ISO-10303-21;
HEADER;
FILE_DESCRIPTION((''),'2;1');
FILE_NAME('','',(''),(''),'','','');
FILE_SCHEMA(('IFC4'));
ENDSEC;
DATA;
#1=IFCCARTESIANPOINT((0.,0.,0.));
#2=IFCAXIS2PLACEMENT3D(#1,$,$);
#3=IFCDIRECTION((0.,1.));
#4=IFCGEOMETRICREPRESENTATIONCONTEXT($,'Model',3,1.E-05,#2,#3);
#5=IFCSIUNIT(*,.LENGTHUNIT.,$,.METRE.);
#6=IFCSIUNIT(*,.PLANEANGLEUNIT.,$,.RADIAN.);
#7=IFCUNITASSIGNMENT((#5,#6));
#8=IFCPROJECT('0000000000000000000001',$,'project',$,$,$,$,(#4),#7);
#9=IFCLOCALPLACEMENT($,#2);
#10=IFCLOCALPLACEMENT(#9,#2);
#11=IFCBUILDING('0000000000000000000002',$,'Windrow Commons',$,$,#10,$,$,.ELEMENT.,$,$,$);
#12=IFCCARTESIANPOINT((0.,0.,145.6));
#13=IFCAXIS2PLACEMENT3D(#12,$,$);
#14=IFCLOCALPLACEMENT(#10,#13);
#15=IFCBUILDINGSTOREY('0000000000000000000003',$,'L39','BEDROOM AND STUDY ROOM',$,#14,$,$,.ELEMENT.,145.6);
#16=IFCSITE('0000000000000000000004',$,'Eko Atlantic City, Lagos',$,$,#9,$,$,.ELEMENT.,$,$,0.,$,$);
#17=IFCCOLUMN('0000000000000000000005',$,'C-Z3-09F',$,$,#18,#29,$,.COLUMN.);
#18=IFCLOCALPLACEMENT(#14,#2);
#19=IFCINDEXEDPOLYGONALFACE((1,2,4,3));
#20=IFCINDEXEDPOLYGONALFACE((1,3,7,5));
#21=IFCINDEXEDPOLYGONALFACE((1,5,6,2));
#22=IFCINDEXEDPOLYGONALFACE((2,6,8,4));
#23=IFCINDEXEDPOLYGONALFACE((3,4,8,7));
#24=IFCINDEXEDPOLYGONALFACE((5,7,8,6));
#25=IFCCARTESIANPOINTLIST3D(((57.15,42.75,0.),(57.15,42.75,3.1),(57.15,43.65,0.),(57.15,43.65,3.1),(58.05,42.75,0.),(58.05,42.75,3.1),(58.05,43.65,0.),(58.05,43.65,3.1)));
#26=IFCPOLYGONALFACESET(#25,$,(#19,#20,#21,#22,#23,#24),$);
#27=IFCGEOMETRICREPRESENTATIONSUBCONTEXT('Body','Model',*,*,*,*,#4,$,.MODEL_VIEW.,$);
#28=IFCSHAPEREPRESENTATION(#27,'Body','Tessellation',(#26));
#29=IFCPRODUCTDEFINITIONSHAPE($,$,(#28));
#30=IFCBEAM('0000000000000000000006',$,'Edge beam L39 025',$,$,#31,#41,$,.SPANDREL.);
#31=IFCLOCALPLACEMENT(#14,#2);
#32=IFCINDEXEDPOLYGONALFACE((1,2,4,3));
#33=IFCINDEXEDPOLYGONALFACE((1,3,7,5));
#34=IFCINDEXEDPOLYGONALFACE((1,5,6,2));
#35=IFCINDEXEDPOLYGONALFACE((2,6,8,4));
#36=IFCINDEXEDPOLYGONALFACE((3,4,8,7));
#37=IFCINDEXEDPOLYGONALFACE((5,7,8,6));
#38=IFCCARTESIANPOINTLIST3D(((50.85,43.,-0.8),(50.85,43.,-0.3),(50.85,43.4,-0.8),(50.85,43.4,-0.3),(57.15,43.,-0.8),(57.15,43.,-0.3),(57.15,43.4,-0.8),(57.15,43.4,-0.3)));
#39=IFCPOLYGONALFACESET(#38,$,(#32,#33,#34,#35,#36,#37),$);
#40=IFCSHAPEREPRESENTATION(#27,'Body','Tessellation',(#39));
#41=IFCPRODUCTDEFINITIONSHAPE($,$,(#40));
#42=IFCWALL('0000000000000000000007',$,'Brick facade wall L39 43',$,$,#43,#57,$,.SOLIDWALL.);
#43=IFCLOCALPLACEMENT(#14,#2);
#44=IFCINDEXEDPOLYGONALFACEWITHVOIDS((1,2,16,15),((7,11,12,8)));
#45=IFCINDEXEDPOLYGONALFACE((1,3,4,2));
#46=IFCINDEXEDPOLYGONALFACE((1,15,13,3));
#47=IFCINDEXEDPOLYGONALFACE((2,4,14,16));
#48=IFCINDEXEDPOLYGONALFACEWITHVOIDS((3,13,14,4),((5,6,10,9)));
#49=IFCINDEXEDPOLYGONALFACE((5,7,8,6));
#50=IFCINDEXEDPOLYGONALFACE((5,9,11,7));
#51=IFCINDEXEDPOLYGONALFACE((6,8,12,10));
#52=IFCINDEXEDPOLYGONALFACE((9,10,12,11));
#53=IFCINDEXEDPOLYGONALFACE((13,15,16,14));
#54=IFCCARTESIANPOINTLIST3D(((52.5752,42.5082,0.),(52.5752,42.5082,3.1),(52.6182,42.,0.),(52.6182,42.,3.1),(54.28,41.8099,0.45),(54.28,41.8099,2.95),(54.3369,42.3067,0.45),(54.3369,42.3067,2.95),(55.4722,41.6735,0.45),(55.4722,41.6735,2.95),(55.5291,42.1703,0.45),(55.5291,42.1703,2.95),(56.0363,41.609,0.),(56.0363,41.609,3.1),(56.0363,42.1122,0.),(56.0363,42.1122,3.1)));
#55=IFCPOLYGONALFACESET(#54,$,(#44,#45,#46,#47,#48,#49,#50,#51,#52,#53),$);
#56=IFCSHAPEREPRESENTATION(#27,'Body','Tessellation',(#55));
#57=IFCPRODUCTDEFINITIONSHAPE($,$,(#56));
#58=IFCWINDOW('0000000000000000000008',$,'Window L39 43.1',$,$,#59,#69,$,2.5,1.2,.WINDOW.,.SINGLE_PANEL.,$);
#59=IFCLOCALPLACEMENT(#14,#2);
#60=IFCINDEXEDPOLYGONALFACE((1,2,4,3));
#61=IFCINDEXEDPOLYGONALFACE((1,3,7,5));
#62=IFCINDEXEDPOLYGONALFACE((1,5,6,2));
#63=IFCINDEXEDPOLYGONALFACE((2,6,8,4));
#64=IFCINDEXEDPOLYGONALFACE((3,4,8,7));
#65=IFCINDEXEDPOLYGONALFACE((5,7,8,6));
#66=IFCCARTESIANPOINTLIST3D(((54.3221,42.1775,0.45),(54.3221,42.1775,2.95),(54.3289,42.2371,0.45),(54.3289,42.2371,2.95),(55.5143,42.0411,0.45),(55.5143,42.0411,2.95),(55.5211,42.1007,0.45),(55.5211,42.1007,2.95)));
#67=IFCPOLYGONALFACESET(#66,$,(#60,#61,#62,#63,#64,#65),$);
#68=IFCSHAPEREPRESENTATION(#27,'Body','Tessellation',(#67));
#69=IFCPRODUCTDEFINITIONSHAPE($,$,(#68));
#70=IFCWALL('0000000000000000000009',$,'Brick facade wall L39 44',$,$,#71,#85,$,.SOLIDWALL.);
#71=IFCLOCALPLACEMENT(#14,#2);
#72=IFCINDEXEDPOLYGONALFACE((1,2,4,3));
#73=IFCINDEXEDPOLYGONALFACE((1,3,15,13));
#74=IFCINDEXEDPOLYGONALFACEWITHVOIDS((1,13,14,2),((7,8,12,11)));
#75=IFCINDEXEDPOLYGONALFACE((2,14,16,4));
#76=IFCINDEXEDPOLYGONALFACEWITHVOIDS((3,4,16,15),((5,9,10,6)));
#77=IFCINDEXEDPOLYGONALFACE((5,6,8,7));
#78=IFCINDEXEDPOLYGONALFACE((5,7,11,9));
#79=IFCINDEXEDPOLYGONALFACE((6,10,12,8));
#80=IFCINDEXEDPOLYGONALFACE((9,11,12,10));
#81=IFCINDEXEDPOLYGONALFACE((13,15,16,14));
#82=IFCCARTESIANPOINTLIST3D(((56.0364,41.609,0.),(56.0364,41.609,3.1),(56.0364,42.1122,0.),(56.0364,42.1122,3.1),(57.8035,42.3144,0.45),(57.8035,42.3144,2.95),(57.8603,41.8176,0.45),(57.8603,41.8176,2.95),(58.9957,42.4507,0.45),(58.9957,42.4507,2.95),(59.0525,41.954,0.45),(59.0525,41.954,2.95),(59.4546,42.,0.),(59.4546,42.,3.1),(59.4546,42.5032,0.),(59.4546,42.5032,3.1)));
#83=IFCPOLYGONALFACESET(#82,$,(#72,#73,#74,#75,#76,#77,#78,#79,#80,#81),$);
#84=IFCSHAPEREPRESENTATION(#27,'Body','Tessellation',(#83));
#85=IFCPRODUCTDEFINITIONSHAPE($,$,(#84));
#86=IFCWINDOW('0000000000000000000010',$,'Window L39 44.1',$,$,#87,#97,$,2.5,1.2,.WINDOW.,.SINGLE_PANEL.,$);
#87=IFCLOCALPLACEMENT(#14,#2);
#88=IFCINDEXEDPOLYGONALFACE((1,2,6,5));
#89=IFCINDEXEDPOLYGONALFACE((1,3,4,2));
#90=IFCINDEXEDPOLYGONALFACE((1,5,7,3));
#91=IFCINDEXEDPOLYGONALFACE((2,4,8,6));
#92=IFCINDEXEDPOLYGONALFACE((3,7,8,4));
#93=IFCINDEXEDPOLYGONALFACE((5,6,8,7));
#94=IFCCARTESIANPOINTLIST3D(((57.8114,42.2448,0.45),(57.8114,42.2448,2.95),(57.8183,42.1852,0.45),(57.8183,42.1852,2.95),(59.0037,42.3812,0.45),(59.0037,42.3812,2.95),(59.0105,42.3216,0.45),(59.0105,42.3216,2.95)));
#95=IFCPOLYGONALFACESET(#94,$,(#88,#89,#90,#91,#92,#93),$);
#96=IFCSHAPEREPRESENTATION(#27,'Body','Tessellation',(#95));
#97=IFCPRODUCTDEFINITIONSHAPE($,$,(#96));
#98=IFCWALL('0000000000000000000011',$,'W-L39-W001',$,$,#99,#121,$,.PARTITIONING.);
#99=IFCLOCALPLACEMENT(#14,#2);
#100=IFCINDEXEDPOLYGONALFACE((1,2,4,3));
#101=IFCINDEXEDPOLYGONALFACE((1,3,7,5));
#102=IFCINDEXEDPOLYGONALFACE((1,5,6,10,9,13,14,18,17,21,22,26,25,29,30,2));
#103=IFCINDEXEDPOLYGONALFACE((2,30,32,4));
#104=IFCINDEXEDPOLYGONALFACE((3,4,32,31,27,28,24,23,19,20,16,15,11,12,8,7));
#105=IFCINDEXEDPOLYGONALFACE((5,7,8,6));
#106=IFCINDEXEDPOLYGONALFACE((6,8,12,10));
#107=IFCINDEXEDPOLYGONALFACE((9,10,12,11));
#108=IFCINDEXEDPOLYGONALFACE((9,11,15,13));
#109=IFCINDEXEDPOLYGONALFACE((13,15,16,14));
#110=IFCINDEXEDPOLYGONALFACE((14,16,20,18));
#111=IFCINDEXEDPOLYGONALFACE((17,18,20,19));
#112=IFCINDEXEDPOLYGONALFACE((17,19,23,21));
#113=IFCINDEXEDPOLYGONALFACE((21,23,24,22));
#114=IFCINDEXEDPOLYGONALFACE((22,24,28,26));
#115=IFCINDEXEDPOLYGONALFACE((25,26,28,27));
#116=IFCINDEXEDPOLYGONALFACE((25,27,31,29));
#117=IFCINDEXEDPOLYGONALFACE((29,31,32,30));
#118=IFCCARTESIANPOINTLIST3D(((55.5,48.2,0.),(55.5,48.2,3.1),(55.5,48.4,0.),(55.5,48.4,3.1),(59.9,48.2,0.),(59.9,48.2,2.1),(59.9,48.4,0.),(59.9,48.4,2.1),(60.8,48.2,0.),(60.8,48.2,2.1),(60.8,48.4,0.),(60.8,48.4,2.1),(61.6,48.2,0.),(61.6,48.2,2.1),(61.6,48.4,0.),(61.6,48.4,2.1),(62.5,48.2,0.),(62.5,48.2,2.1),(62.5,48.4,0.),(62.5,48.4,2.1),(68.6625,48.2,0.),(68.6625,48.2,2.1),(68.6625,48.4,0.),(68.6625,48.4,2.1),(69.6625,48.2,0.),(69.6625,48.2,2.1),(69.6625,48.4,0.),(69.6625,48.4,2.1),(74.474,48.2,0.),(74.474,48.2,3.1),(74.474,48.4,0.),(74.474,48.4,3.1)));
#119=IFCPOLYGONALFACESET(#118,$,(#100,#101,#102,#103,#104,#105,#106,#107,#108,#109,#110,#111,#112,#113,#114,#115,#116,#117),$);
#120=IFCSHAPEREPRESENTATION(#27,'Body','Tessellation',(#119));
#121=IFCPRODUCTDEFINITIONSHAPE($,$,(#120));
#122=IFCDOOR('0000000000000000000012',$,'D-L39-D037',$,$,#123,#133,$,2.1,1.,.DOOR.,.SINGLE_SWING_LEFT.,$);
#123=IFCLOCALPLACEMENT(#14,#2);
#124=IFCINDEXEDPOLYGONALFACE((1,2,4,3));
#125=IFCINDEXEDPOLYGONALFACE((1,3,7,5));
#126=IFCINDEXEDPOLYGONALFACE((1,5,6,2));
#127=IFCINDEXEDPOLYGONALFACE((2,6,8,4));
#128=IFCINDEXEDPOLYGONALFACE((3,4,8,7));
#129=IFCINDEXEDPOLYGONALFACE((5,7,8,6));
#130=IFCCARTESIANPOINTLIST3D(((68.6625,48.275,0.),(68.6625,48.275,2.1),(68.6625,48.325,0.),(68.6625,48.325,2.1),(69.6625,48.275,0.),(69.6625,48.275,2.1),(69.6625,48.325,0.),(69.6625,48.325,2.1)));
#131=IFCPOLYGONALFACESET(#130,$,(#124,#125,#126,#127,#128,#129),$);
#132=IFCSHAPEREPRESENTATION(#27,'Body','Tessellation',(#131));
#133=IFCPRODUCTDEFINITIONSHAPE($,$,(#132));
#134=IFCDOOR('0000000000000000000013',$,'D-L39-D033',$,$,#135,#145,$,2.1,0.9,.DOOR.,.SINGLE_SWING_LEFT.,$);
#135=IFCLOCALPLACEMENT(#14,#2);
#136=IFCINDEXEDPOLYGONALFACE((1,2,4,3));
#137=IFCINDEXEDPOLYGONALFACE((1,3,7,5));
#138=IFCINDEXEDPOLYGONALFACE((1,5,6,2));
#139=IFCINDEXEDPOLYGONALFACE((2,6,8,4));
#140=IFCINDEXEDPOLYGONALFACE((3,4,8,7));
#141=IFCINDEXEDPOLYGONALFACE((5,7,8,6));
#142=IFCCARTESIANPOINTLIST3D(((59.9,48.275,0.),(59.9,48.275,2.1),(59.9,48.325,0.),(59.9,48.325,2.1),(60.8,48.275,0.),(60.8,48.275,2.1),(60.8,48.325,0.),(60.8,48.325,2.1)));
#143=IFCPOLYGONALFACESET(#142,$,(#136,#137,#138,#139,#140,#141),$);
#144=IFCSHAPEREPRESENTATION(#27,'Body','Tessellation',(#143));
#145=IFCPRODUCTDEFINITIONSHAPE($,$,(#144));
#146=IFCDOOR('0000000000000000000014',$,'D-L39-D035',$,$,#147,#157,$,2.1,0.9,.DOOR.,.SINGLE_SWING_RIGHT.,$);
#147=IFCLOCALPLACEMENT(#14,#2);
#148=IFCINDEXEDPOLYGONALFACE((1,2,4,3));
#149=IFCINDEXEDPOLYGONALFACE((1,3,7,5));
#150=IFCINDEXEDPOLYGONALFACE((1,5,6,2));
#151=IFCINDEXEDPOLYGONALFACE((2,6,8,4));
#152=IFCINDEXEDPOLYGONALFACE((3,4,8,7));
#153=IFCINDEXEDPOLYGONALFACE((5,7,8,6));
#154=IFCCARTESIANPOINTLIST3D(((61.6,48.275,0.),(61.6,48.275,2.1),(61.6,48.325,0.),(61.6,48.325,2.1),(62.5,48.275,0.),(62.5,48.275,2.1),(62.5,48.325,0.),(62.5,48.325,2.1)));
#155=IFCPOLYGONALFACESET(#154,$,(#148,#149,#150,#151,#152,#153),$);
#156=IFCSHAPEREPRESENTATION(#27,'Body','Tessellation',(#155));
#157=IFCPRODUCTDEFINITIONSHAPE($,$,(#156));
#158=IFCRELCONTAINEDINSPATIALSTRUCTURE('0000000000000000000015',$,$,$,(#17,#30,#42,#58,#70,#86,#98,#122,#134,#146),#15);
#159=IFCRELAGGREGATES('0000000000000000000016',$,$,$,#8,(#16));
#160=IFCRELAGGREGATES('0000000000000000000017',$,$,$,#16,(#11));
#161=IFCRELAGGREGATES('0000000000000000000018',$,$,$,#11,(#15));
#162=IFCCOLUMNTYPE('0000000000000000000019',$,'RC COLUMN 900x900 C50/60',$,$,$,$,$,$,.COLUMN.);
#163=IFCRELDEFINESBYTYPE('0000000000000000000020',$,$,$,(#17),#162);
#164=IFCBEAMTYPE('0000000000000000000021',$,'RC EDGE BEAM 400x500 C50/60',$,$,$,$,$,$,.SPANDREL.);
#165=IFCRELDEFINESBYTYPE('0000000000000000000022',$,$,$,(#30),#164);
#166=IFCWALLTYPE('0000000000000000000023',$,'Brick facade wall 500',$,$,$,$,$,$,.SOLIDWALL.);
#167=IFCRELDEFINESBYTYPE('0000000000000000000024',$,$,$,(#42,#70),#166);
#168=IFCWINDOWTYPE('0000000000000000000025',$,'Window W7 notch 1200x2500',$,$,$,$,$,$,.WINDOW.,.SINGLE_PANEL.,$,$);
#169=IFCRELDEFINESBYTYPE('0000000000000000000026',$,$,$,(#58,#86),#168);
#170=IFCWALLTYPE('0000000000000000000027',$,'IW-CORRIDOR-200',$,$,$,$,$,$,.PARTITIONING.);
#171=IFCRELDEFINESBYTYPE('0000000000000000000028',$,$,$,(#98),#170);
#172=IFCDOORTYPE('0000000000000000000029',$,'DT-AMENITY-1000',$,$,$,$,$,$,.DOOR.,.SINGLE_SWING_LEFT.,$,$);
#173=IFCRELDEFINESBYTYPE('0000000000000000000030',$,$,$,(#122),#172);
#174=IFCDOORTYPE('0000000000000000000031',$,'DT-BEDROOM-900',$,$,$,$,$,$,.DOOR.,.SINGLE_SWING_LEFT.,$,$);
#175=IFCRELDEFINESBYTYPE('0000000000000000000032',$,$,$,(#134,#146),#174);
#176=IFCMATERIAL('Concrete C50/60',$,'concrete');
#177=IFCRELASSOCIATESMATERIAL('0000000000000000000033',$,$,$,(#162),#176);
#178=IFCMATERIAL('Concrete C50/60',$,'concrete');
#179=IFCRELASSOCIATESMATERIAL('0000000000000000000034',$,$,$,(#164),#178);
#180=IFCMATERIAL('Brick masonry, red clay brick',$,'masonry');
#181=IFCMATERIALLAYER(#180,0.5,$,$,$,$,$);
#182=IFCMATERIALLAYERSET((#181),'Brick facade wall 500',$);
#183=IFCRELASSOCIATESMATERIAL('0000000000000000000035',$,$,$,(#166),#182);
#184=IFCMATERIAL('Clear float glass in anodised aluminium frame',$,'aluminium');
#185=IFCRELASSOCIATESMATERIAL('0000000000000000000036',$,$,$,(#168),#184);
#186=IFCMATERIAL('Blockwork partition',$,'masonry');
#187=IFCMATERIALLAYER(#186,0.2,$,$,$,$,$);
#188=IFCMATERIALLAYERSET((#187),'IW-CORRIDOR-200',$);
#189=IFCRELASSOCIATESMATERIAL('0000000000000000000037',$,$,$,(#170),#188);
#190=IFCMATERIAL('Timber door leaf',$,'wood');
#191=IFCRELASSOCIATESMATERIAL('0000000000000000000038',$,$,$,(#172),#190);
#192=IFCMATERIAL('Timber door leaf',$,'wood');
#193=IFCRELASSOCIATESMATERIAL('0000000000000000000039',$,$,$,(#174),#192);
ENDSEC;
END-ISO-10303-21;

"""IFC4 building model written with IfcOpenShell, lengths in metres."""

from ifc_helpers import new_model, si_unit, direction, frame, frame_2d, origin, origin_2d, place, context, subcontext, project, spatial, polyline, rectangle, outline, extrude, material, layer, layer_set, material_profile, profile_set, type_object, element, fill, save


model = new_model("IFC4")

# Units and contexts
model_context = context("Model", 3, precision=1e-05, world=origin(), true_north=direction((0.0, 1.0)))
body_context = subcontext(model_context, "Body", "Model", "MODEL_VIEW")
ifc_project = project(units=[si_unit("LENGTHUNIT", "METRE"), si_unit("PLANEANGLEUNIT", "RADIAN")], contexts=[model_context])

# Site, building, storey
site_placement = place(None, origin())
site = spatial("IfcSite", under=ifc_project, at=site_placement, Name="Eko Atlantic City, Lagos", CompositionType="ELEMENT", RefElevation=0.0)
building_placement = place(site_placement, origin())
building = spatial("IfcBuilding", under=site, at=building_placement, Name="Windrow Commons", CompositionType="ELEMENT")
storey_placement = place(building_placement, frame((0.0, 0.0, 145.6)))
storey = spatial("IfcBuildingStorey", under=building, at=storey_placement, Name="L39", Description="BEDROOM AND STUDY ROOM", CompositionType="ELEMENT", Elevation=145.6)

# Column
ifc_material_1 = material(Name="Concrete C50/60", Category="concrete")
ifc_material_profile_1 = material_profile(ifc_material_1, rectangle(XDim=0.9, YDim=0.9, at=origin_2d()))
ifc_profile_set_1 = profile_set([ifc_material_profile_1], Name="Concrete C50/60")
column_type = type_object("IfcColumnType", Name="RC COLUMN 900x900 C50/60", PredefinedType="COLUMN", material=ifc_profile_set_1)
column_placement = place(storey_placement, frame((57.6, 43.2, 0.0), z_axis=(0.0, 0.0, 1.0), x_axis=(1.0, 0.0, 0.0)))
element("IfcColumn", 1, at=column_placement, inside=storey, type_object=column_type, Name="C-Z3-09F", PredefinedType="COLUMN", context=body_context, shape_type="SweptSolid", body=[
    extrude(rectangle(XDim=0.9, YDim=0.9, at=origin_2d()), origin(), (0.0, 0.0, 1.0), 3.1),
])

# Beam
ifc_material_2 = material(Name="Concrete C50/60", Category="concrete")
ifc_material_profile_2 = material_profile(ifc_material_2, rectangle(XDim=0.4, YDim=0.5, at=origin_2d()))
ifc_profile_set_2 = profile_set([ifc_material_profile_2], Name="Concrete C50/60")
beam_type = type_object("IfcBeamType", Name="RC EDGE BEAM 400x500 C50/60", PredefinedType="SPANDREL", material=ifc_profile_set_2)
beam_placement = place(storey_placement, frame((57.15, 43.2, -0.55), z_axis=(-1.0, 0.0, 0.0), x_axis=(0.0, -1.0, 0.0)))
element("IfcBeam", 2, at=beam_placement, inside=storey, type_object=beam_type, Name="Edge beam L39 025", PredefinedType="SPANDREL", context=body_context, shape_type="SweptSolid", body=[
    extrude(rectangle(XDim=0.4, YDim=0.5, at=origin_2d()), origin(), (0.0, 0.0, 1.0), 6.3),
])

# Walls, openings, windows
ifc_material_3 = material(Name="Brick masonry, red clay brick", Category="masonry")
ifc_layer_1 = layer(ifc_material_3, 0.5)
ifc_layer_set_1 = layer_set([ifc_layer_1], Name="Brick facade wall 500")
wall_type_1 = type_object("IfcWallType", Name="Brick facade wall 500", PredefinedType="SOLIDWALL", material=ifc_layer_set_1)
wall_1_placement = place(storey_placement, frame((52.5967, 42.2541, 0.0), z_axis=(0.0, 0.0, 1.0), x_axis=(0.99352, -0.113658, 0.0)))
wall_1 = element("IfcWall", 3, at=wall_1_placement, inside=storey, type_object=wall_type_1, Name="Brick facade wall L39 43", PredefinedType="SOLIDWALL", context=body_context, shape_type="SweptSolid", body=[
    extrude(outline(polyline([(0.0502, -0.25), (3.4906, -0.25), (3.4334, 0.25), (-0.0502, 0.25), (0.0502, -0.25)])), origin(), (0.0, 0.0, 1.0), 3.1),
])
opening_1_placement = place(wall_1_placement, frame((1.7229, 0.0, 0.45)))
opening_1 = element("IfcOpeningElement", 4, at=opening_1_placement, cuts=wall_1, PredefinedType="OPENING", context=body_context, shape_type="SweptSolid", body=[
    extrude(rectangle(XDim=1.2, YDim=2.5, at=frame_2d((0.6, 1.25))), frame((0.0, 0.26, 0.0), z_axis=(0.0, -1.0, 0.0), x_axis=(1.0, 0.0, 0.0)), (0.0, 0.0, 1.0), 0.52),
])
ifc_material_4 = material(Name="Clear float glass in anodised aluminium frame", Category="aluminium")
window_type = type_object("IfcWindowType", Name="Window W7 notch 1200x2500", PartitioningType="SINGLE_PANEL", PredefinedType="WINDOW", material=ifc_material_4)
window_1_placement = place(opening_1_placement, origin())
window_1 = element("IfcWindow", 5, at=window_1_placement, inside=storey, type_object=window_type, Name="Window L39 43.1", OverallHeight=2.5, OverallWidth=1.2, PartitioningType="SINGLE_PANEL", PredefinedType="WINDOW", context=body_context, shape_type="SweptSolid", body=[
    extrude(rectangle(XDim=1.2, YDim=2.5, at=frame_2d((0.6, 1.25))), frame((0.0, 0.18, 0.0), z_axis=(0.0, -1.0, 0.0), x_axis=(1.0, 0.0, 0.0)), (0.0, 0.0, 1.0), 0.06),
])
fill(opening_1, window_1)
wall_2_placement = place(storey_placement, frame((56.0364, 41.8606, 0.0), z_axis=(0.0, 0.0, 1.0), x_axis=(0.993521, 0.11365, 0.0)))
wall_2 = element("IfcWall", 6, at=wall_2_placement, inside=storey, type_object=wall_type_1, Name="Brick facade wall L39 44", PredefinedType="SOLIDWALL", context=body_context, shape_type="SweptSolid", body=[
    extrude(outline(polyline([(-0.0286, -0.25), (3.4119, -0.25), (3.4691, 0.25), (0.0286, 0.25), (-0.0286, -0.25)])), origin(), (0.0, 0.0, 1.0), 3.1),
])
opening_2_placement = place(wall_2_placement, frame((1.8072, 0.0, 0.45)))
opening_2 = element("IfcOpeningElement", 7, at=opening_2_placement, cuts=wall_2, PredefinedType="OPENING", context=body_context, shape_type="SweptSolid", body=[
    extrude(rectangle(XDim=1.2, YDim=2.5, at=frame_2d((0.6, 1.25))), frame((0.0, 0.26, 0.0), z_axis=(0.0, -1.0, 0.0), x_axis=(1.0, 0.0, 0.0)), (0.0, 0.0, 1.0), 0.52),
])
window_2_placement = place(opening_2_placement, origin())
window_2 = element("IfcWindow", 8, at=window_2_placement, inside=storey, type_object=window_type, Name="Window L39 44.1", OverallHeight=2.5, OverallWidth=1.2, PartitioningType="SINGLE_PANEL", PredefinedType="WINDOW", context=body_context, shape_type="SweptSolid", body=[
    extrude(rectangle(XDim=1.2, YDim=2.5, at=frame_2d((0.6, 1.25))), frame((0.0, 0.18, 0.0), z_axis=(0.0, -1.0, 0.0), x_axis=(1.0, 0.0, 0.0)), (0.0, 0.0, 1.0), 0.06),
])
fill(opening_2, window_2)

# Wall, openings, doors
ifc_material_5 = material(Name="Blockwork partition", Category="masonry")
ifc_layer_2 = layer(ifc_material_5, 0.2)
ifc_layer_set_2 = layer_set([ifc_layer_2], Name="IW-CORRIDOR-200")
wall_type_2 = type_object("IfcWallType", Name="IW-CORRIDOR-200", PredefinedType="PARTITIONING", material=ifc_layer_set_2)
wall_3_placement = place(storey_placement, frame((55.5, 48.3, 0.0), z_axis=(0.0, 0.0, 1.0), x_axis=(1.0, 0.0, 0.0)))
wall_3 = element("IfcWall", 9, at=wall_3_placement, inside=storey, type_object=wall_type_2, Name="W-L39-W001", PredefinedType="PARTITIONING", context=body_context, shape_type="SweptSolid", body=[
    extrude(rectangle(XDim=18.974, YDim=0.2, at=frame_2d((9.487, 0.0))), origin(), (0.0, 0.0, 1.0), 3.1),
])
opening_3_placement = place(wall_3_placement, frame((4.4, 0.0, 0.0)))
opening_3 = element("IfcOpeningElement", 10, at=opening_3_placement, cuts=wall_3, PredefinedType="OPENING", context=body_context, shape_type="SweptSolid", body=[
    extrude(rectangle(XDim=0.9, YDim=2.1, at=frame_2d((0.45, 1.05))), frame((0.0, 0.11, 0.0), z_axis=(0.0, -1.0, 0.0), x_axis=(1.0, 0.0, 0.0)), (0.0, 0.0, 1.0), 0.22),
])
opening_4_placement = place(wall_3_placement, frame((6.1, 0.0, 0.0)))
opening_4 = element("IfcOpeningElement", 11, at=opening_4_placement, cuts=wall_3, PredefinedType="OPENING", context=body_context, shape_type="SweptSolid", body=[
    extrude(rectangle(XDim=0.9, YDim=2.1, at=frame_2d((0.45, 1.05))), frame((0.0, 0.11, 0.0), z_axis=(0.0, -1.0, 0.0), x_axis=(1.0, 0.0, 0.0)), (0.0, 0.0, 1.0), 0.22),
])
opening_5_placement = place(wall_3_placement, frame((13.1625, 0.0, 0.0)))
opening_5 = element("IfcOpeningElement", 12, at=opening_5_placement, cuts=wall_3, PredefinedType="OPENING", context=body_context, shape_type="SweptSolid", body=[
    extrude(rectangle(XDim=1.0, YDim=2.1, at=frame_2d((0.5, 1.05))), frame((0.0, 0.11, 0.0), z_axis=(0.0, -1.0, 0.0), x_axis=(1.0, 0.0, 0.0)), (0.0, 0.0, 1.0), 0.22),
])
ifc_material_6 = material(Name="Timber door leaf", Category="wood")
door_type_1 = type_object("IfcDoorType", Name="DT-AMENITY-1000", OperationType="SINGLE_SWING_LEFT", PredefinedType="DOOR", material=ifc_material_6)
door_1_placement = place(opening_5_placement, origin())
door_1 = element("IfcDoor", 13, at=door_1_placement, inside=storey, type_object=door_type_1, Name="D-L39-D037", OperationType="SINGLE_SWING_LEFT", OverallHeight=2.1, OverallWidth=1.0, PredefinedType="DOOR", context=body_context, shape_type="SweptSolid", body=[
    extrude(rectangle(XDim=1.0, YDim=2.1, at=frame_2d((0.5, 1.05))), frame((0.0, 0.025, 0.0), z_axis=(0.0, -1.0, 0.0), x_axis=(1.0, 0.0, 0.0)), (0.0, 0.0, 1.0), 0.05),
])
fill(opening_5, door_1)
ifc_material_7 = material(Name="Timber door leaf", Category="wood")
door_type_2 = type_object("IfcDoorType", Name="DT-BEDROOM-900", OperationType="SINGLE_SWING_LEFT", PredefinedType="DOOR", material=ifc_material_7)
door_2_placement = place(opening_3_placement, origin())
door_2 = element("IfcDoor", 14, at=door_2_placement, inside=storey, type_object=door_type_2, Name="D-L39-D033", OperationType="SINGLE_SWING_LEFT", OverallHeight=2.1, OverallWidth=0.9, PredefinedType="DOOR", context=body_context, shape_type="SweptSolid", body=[
    extrude(rectangle(XDim=0.9, YDim=2.1, at=frame_2d((0.45, 1.05))), frame((0.0, 0.025, 0.0), z_axis=(0.0, -1.0, 0.0), x_axis=(1.0, 0.0, 0.0)), (0.0, 0.0, 1.0), 0.05),
])
fill(opening_3, door_2)
door_3_placement = place(opening_4_placement, origin())
door_3 = element("IfcDoor", 15, at=door_3_placement, inside=storey, type_object=door_type_2, Name="D-L39-D035", OperationType="SINGLE_SWING_RIGHT", OverallHeight=2.1, OverallWidth=0.9, PredefinedType="DOOR", context=body_context, shape_type="SweptSolid", body=[
    extrude(rectangle(XDim=0.9, YDim=2.1, at=frame_2d((0.45, 1.05))), frame((0.0, 0.025, 0.0), z_axis=(0.0, -1.0, 0.0), x_axis=(1.0, 0.0, 0.0)), (0.0, 0.0, 1.0), 0.05),
])
fill(opening_4, door_3)

save(model, "model.ifc")
